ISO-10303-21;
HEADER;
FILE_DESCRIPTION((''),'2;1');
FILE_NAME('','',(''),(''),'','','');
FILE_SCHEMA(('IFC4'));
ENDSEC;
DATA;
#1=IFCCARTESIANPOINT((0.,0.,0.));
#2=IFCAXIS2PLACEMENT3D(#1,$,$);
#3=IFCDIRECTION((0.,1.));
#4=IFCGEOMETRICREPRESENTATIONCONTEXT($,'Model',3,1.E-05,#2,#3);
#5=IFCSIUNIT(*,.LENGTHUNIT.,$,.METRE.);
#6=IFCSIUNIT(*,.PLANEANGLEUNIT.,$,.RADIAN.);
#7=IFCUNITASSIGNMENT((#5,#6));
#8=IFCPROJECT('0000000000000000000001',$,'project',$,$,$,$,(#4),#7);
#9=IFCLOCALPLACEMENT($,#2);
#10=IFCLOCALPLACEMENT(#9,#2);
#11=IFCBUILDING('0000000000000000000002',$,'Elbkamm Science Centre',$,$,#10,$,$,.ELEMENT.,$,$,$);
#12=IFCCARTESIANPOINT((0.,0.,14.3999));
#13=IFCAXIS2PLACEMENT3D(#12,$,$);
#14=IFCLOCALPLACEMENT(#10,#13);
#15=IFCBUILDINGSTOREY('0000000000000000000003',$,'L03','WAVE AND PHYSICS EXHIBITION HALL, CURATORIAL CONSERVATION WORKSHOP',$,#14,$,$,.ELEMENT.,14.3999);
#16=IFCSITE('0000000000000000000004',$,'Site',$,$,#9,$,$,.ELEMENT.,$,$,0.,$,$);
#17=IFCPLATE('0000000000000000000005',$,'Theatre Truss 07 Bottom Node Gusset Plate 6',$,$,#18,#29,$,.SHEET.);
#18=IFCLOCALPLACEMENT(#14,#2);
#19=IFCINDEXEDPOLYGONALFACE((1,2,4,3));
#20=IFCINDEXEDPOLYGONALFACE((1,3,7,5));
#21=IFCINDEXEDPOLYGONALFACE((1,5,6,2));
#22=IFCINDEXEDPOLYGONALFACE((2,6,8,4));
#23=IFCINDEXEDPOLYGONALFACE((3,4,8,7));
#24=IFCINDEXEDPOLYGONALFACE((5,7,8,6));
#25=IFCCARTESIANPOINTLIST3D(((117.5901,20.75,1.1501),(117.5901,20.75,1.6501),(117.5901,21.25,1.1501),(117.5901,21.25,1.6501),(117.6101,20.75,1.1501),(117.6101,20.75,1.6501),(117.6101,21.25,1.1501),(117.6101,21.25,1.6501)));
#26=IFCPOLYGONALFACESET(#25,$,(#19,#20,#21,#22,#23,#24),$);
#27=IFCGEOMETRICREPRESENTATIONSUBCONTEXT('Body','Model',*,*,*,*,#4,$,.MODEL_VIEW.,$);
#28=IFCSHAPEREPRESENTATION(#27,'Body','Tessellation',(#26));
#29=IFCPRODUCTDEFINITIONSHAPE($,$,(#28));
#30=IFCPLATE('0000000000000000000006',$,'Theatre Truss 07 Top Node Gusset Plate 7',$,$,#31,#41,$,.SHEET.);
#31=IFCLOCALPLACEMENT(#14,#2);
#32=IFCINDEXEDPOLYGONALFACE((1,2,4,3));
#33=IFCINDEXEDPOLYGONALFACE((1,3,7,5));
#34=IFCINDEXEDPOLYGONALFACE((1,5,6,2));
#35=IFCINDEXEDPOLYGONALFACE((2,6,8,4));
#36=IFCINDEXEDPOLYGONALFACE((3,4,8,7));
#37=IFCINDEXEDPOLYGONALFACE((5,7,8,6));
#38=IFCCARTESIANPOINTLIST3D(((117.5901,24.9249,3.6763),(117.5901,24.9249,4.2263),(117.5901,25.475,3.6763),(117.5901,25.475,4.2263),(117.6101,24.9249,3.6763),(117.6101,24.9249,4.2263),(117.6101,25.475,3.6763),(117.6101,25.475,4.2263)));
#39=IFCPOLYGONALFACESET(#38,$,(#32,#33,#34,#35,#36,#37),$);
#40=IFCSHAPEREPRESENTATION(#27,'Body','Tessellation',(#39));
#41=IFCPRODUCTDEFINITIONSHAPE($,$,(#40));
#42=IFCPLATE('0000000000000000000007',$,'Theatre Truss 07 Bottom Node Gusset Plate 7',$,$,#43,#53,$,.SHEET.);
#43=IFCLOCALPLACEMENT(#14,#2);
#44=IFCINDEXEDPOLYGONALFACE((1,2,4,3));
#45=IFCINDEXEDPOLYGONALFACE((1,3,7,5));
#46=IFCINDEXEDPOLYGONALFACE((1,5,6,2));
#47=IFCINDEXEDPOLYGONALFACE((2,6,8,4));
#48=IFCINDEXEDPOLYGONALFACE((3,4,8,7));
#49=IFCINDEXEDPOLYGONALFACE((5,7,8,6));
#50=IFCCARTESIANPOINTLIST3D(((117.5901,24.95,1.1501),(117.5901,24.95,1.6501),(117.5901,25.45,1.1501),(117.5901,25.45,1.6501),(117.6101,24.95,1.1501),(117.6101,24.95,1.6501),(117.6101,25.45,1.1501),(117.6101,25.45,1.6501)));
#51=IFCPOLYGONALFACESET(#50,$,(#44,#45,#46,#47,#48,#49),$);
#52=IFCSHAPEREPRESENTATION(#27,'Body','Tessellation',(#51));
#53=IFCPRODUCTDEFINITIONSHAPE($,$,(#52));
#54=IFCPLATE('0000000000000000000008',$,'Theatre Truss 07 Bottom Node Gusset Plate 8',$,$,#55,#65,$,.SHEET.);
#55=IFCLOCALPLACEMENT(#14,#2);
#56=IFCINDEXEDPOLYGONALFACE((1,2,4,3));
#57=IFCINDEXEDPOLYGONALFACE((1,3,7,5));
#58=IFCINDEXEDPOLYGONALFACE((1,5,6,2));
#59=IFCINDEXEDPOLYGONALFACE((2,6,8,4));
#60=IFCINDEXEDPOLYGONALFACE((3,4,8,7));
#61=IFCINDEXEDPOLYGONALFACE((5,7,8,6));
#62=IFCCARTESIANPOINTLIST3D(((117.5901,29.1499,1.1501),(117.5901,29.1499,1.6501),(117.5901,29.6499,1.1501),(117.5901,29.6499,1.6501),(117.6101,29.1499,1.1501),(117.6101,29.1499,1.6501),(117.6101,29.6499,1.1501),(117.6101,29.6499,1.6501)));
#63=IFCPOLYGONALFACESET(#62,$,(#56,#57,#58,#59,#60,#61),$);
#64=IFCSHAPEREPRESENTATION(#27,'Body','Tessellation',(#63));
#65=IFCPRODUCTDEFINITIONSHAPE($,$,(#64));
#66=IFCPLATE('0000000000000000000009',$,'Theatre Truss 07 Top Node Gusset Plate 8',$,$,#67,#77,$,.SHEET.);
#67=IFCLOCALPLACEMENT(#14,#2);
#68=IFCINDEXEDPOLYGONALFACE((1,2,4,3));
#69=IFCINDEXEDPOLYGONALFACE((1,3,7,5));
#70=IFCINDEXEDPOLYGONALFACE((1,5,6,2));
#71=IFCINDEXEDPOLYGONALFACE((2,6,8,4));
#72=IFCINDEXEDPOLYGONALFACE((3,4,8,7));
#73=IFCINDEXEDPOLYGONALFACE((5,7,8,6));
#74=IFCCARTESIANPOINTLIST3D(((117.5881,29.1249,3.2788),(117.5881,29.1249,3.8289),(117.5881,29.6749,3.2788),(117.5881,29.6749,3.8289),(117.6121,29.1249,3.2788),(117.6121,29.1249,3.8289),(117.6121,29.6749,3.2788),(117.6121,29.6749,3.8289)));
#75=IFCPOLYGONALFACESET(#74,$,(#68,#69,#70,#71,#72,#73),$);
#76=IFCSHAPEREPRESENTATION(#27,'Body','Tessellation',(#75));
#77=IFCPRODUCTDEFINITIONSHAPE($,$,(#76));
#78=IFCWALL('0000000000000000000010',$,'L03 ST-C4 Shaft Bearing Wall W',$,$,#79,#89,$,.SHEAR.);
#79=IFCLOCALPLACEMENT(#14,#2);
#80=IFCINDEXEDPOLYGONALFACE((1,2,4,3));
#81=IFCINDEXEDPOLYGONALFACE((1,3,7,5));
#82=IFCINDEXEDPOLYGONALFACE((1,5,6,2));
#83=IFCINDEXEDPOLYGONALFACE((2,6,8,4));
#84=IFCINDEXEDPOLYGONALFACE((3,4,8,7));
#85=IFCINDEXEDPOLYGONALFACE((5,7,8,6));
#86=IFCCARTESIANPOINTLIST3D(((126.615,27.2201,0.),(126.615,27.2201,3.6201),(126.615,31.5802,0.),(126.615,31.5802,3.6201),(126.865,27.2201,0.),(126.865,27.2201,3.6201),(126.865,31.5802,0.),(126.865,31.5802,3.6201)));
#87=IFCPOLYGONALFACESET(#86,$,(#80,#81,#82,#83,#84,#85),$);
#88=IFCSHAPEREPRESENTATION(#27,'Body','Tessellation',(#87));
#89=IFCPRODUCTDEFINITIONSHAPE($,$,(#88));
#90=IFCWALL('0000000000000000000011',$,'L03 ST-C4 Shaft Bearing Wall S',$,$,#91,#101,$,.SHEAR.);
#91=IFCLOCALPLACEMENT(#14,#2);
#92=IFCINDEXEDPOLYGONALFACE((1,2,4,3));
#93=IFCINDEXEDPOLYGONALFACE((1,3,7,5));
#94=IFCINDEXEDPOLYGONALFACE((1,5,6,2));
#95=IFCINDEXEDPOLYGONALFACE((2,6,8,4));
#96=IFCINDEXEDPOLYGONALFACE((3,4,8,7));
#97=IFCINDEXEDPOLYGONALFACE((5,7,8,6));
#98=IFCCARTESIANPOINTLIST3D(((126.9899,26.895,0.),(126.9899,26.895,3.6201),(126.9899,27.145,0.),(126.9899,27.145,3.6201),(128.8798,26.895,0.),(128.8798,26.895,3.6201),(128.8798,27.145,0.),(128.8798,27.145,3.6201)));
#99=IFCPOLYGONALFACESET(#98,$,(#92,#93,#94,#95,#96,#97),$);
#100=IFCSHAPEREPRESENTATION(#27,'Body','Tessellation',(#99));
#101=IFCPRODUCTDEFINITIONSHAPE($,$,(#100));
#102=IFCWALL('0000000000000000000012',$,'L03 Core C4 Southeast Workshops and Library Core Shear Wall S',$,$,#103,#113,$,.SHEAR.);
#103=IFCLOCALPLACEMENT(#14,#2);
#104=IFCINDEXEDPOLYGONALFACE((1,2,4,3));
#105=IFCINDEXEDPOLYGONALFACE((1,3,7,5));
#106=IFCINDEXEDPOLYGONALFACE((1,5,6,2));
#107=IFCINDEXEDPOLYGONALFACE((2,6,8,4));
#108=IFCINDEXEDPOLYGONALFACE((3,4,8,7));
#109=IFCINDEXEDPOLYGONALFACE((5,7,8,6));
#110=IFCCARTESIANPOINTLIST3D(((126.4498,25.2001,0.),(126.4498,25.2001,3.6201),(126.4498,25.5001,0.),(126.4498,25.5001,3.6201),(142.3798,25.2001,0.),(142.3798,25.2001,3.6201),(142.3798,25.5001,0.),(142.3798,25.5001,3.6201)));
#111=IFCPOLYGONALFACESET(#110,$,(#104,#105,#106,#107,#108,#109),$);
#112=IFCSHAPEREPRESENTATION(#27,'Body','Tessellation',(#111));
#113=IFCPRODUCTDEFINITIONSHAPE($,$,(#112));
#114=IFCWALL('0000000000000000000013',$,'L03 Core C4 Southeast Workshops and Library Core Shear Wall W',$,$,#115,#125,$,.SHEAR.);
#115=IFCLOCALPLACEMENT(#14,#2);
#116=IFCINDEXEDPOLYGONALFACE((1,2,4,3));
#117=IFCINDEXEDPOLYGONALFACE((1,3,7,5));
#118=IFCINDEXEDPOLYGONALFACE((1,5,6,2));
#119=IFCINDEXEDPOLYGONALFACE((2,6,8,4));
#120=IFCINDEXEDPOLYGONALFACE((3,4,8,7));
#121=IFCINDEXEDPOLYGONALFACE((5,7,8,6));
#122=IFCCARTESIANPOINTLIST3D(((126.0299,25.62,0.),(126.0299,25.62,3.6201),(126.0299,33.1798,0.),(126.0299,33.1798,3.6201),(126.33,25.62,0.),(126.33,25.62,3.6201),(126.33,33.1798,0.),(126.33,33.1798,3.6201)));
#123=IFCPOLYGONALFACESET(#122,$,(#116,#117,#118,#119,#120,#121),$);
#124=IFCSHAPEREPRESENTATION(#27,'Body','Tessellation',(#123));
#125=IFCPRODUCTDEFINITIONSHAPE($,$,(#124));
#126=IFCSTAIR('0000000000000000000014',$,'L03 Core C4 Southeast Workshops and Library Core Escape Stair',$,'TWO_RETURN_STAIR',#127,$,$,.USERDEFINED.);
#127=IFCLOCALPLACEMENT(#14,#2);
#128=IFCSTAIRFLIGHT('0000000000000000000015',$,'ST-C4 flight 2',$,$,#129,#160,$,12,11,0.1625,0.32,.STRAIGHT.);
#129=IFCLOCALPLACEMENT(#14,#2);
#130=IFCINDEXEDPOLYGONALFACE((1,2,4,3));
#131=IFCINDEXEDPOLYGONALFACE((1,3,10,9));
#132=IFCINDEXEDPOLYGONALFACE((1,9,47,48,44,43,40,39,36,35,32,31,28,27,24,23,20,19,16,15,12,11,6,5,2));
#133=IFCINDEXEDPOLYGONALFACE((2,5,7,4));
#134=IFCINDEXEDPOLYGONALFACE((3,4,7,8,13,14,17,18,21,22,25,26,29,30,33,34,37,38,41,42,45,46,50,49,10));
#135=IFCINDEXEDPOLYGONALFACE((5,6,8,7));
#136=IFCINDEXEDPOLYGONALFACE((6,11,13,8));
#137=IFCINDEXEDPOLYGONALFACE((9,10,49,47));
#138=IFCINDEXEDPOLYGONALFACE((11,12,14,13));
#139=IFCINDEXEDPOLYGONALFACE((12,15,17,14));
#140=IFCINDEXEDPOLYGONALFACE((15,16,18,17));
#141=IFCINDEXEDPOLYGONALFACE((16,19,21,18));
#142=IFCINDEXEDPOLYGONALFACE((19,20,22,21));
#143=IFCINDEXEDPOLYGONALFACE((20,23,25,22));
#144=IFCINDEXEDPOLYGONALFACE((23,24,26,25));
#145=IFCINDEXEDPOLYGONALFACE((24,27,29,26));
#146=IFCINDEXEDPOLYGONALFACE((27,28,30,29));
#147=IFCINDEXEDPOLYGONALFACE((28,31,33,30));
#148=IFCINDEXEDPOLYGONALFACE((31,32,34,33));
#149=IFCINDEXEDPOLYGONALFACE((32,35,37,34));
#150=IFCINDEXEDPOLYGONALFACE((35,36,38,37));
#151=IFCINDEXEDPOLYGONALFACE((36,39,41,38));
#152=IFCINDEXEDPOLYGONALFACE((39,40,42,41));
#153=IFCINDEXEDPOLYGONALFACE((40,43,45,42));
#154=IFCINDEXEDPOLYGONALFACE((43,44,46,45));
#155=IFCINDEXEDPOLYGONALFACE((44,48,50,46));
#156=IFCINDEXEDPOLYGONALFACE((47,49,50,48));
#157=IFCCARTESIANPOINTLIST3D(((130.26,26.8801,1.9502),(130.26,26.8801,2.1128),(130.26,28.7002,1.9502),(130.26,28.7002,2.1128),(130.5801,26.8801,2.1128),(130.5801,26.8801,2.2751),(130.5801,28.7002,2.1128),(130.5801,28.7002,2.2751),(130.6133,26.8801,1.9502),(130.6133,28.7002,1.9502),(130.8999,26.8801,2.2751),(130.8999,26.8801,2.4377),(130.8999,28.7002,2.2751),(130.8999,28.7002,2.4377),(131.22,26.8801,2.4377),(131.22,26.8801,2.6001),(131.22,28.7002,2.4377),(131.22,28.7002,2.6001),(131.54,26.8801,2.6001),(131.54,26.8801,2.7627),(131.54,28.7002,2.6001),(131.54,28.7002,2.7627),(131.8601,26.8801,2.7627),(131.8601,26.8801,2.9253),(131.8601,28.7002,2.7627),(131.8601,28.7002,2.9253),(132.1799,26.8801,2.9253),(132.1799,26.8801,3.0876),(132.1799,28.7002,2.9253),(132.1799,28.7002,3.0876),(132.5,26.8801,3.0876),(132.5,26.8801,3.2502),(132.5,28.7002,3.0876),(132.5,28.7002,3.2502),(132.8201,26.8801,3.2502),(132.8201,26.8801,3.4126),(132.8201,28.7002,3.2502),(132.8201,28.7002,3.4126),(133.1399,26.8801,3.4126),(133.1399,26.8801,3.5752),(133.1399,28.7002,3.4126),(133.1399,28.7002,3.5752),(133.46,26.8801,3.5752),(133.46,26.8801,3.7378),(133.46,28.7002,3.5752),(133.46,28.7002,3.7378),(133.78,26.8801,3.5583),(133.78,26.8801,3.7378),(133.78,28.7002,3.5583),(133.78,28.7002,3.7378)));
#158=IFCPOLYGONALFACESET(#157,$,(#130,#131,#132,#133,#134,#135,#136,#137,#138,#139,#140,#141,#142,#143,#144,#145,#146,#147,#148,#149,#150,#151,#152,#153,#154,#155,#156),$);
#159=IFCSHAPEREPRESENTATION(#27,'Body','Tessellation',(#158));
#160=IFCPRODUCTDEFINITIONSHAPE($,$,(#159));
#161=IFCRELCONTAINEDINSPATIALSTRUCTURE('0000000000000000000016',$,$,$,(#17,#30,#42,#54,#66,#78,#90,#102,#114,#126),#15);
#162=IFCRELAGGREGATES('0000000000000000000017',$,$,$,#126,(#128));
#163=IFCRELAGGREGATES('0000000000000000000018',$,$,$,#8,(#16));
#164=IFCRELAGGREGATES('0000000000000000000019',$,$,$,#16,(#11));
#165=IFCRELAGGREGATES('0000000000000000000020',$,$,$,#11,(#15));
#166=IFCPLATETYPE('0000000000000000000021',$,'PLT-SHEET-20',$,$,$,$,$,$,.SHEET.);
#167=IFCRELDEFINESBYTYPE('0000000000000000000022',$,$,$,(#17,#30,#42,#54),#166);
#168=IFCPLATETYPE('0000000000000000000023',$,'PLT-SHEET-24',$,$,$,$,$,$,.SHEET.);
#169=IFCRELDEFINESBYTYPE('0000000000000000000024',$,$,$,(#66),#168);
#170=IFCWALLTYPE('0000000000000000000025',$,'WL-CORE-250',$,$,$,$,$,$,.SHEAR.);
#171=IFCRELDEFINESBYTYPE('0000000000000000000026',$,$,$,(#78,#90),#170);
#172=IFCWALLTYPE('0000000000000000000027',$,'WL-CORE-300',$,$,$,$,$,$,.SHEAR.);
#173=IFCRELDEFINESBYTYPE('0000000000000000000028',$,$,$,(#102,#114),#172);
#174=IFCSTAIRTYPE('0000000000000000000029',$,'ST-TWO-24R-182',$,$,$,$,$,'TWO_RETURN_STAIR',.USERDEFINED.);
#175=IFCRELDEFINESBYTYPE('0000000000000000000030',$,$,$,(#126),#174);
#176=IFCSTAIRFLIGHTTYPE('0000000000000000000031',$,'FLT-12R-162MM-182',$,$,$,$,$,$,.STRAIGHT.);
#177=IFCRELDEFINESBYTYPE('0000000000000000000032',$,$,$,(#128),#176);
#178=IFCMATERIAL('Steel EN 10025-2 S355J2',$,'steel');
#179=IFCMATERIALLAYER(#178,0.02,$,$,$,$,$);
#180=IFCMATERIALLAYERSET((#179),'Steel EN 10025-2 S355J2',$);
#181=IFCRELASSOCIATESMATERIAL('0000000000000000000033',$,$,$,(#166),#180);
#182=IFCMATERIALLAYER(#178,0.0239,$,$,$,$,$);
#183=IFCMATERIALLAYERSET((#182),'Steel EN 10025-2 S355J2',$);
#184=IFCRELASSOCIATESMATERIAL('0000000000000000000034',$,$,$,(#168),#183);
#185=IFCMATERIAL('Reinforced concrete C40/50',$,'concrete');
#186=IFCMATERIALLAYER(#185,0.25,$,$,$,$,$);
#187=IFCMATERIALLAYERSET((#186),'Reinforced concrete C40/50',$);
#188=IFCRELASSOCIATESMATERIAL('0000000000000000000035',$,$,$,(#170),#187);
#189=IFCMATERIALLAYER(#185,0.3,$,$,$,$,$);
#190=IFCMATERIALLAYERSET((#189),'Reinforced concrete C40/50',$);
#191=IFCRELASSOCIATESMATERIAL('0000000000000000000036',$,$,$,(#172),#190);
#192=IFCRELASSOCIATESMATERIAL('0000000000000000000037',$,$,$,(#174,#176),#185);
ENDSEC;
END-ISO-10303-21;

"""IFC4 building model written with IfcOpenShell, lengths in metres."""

from ifc_helpers import new_model, si_unit, direction, frame, frame_2d, origin, origin_2d, place, context, subcontext, project, spatial, polyline, rectangle, outline, extrude, material, layer, layer_set, type_object, element, aggregate, save


model = new_model("IFC4")

# Units and contexts
model_context = context("Model", 3, precision=1e-05, world=origin(), true_north=direction((0.0, 1.0)))
body_context = subcontext(model_context, "Body", "Model", "MODEL_VIEW")
ifc_project = project(units=[si_unit("LENGTHUNIT", "METRE"), si_unit("PLANEANGLEUNIT", "RADIAN")], contexts=[model_context])

# Site, building, storey
site_placement = place(None, origin())
site = spatial("IfcSite", under=ifc_project, at=site_placement, Name="Site", CompositionType="ELEMENT", RefElevation=0.0)
building_placement = place(site_placement, origin())
building = spatial("IfcBuilding", under=site, at=building_placement, Name="Elbkamm Science Centre", CompositionType="ELEMENT")
storey_placement = place(building_placement, frame((0.0, 0.0, 14.3999)))
storey = spatial("IfcBuildingStorey", under=building, at=storey_placement, Name="L03", Description="WAVE AND PHYSICS EXHIBITION HALL, CURATORIAL CONSERVATION WORKSHOP", CompositionType="ELEMENT", Elevation=14.3999)

# Shared definitions
ifc_material_1 = material(Name="Steel EN 10025-2 S355J2", Category="steel")

# Plates
ifc_layer_1 = layer(ifc_material_1, 0.02)
ifc_layer_set_1 = layer_set([ifc_layer_1], Name="Steel EN 10025-2 S355J2")
plate_type_1 = type_object("IfcPlateType", Name="PLT-SHEET-20", PredefinedType="SHEET", material=ifc_layer_set_1)
plate_1_placement = place(storey_placement, frame((117.6001, 21.0, 1.1501), z_axis=(0.0, 0.0, 1.0), x_axis=(1.0, 0.0, 0.0)))
element("IfcPlate", 1, at=plate_1_placement, inside=storey, type_object=plate_type_1, Name="Theatre Truss 07 Bottom Node Gusset Plate 6", PredefinedType="SHEET", context=body_context, shape_type="SweptSolid", body=[
    extrude(rectangle(XDim=0.02, YDim=0.5, at=origin_2d()), origin(), (0.0, 0.0, 1.0), 0.5),
])
plate_2_placement = place(storey_placement, frame((117.6001, 25.2, 3.6763), z_axis=(0.0, 0.0, 1.0), x_axis=(1.0, 0.0, 0.0)))
element("IfcPlate", 2, at=plate_2_placement, inside=storey, type_object=plate_type_1, Name="Theatre Truss 07 Top Node Gusset Plate 7", PredefinedType="SHEET", context=body_context, shape_type="SweptSolid", body=[
    extrude(rectangle(XDim=0.02, YDim=0.55, at=origin_2d()), origin(), (0.0, 0.0, 1.0), 0.55),
])
for number, where, z_axis, x_axis, name in (
    (3, (117.6001, 25.2, 1.1501), (0.0, 0.0, 1.0), (1.0, 0.0, 0.0), "Theatre Truss 07 Bottom Node Gusset Plate 7"),
    (4, (117.6001, 29.3999, 1.1501), (0.0, 0.0, 1.0), (1.0, 0.0, 0.0), "Theatre Truss 07 Bottom Node Gusset Plate 8"),
):
    element("IfcPlate", number, at=place(storey_placement, frame(where, z_axis=z_axis, x_axis=x_axis)), inside=storey, type_object=plate_type_1, Name=name, PredefinedType="SHEET", context=body_context, shape_type="SweptSolid", body=[
        extrude(rectangle(XDim=0.02, YDim=0.5, at=origin_2d()), origin(), (0.0, 0.0, 1.0), 0.5),
    ])
ifc_layer_2 = layer(ifc_material_1, 0.0239)
ifc_layer_set_2 = layer_set([ifc_layer_2], Name="Steel EN 10025-2 S355J2")
plate_type_2 = type_object("IfcPlateType", Name="PLT-SHEET-24", PredefinedType="SHEET", material=ifc_layer_set_2)
plate_3_placement = place(storey_placement, frame((117.6001, 29.3999, 3.2788), z_axis=(0.0, 0.0, 1.0), x_axis=(1.0, 0.0, 0.0)))
element("IfcPlate", 5, at=plate_3_placement, inside=storey, type_object=plate_type_2, Name="Theatre Truss 07 Top Node Gusset Plate 8", PredefinedType="SHEET", context=body_context, shape_type="SweptSolid", body=[
    extrude(rectangle(XDim=0.0239, YDim=0.55, at=origin_2d()), origin(), (0.0, 0.0, 1.0), 0.55),
])

# Walls
ifc_material_2 = material(Name="Reinforced concrete C40/50", Category="concrete")
ifc_layer_3 = layer(ifc_material_2, 0.25)
ifc_layer_set_3 = layer_set([ifc_layer_3], Name="Reinforced concrete C40/50")
wall_type_1 = type_object("IfcWallType", Name="WL-CORE-250", PredefinedType="SHEAR", material=ifc_layer_set_3)
wall_1_placement = place(storey_placement, frame((126.74, 27.22, 0.0), z_axis=(0.0, 0.0, 1.0), x_axis=(0.0, 1.0, 0.0)))
element("IfcWall", 6, at=wall_1_placement, inside=storey, type_object=wall_type_1, Name="L03 ST-C4 Shaft Bearing Wall W", PredefinedType="SHEAR", context=body_context, shape_type="SweptSolid", body=[
    extrude(rectangle(XDim=4.3601, YDim=0.25, at=frame_2d((2.1802, 0.0))), origin(), (0.0, 0.0, 1.0), 3.6201),
])
wall_2_placement = place(storey_placement, frame((126.99, 27.02, 0.0), z_axis=(0.0, 0.0, 1.0), x_axis=(1.0, 0.0, 0.0)))
element("IfcWall", 7, at=wall_2_placement, inside=storey, type_object=wall_type_1, Name="L03 ST-C4 Shaft Bearing Wall S", PredefinedType="SHEAR", context=body_context, shape_type="SweptSolid", body=[
    extrude(rectangle(XDim=1.8899, YDim=0.25, at=frame_2d((0.9448, 0.0))), origin(), (0.0, 0.0, 1.0), 3.6201),
])
ifc_layer_4 = layer(ifc_material_2, 0.3)
ifc_layer_set_4 = layer_set([ifc_layer_4], Name="Reinforced concrete C40/50")
wall_type_2 = type_object("IfcWallType", Name="WL-CORE-300", PredefinedType="SHEAR", material=ifc_layer_set_4)
wall_3_placement = place(storey_placement, frame((126.45, 25.3501, 0.0), z_axis=(0.0, 0.0, 1.0), x_axis=(1.0, 0.0, 0.0)))
element("IfcWall", 8, at=wall_3_placement, inside=storey, type_object=wall_type_2, Name="L03 Core C4 Southeast Workshops and Library Core Shear Wall S", PredefinedType="SHEAR", context=body_context, shape_type="SweptSolid", body=[
    extrude(rectangle(XDim=15.9299, YDim=0.3, at=frame_2d((7.9648, 0.0))), origin(), (0.0, 0.0, 1.0), 3.6201),
])
wall_4_placement = place(storey_placement, frame((126.1799, 25.6201, 0.0), z_axis=(0.0, 0.0, 1.0), x_axis=(0.0, 1.0, 0.0)))
element("IfcWall", 9, at=wall_4_placement, inside=storey, type_object=wall_type_2, Name="L03 Core C4 Southeast Workshops and Library Core Shear Wall W", PredefinedType="SHEAR", context=body_context, shape_type="SweptSolid", body=[
    extrude(rectangle(XDim=7.5598, YDim=0.3, at=frame_2d((3.7798, 0.0))), origin(), (0.0, 0.0, 1.0), 3.6201),
])

# Stair, stair flight
stair_type = type_object("IfcStairType", Name="ST-TWO-24R-182", ElementType="TWO_RETURN_STAIR", PredefinedType="USERDEFINED", material=ifc_material_2)
stair_placement = place(storey_placement, origin())
stair = element("IfcStair", 10, at=stair_placement, inside=storey, type_object=stair_type, Name="L03 Core C4 Southeast Workshops and Library Core Escape Stair", ObjectType="TWO_RETURN_STAIR", PredefinedType="USERDEFINED")
stair_flight_type = type_object("IfcStairFlightType", Name="FLT-12R-162MM-182", PredefinedType="STRAIGHT", material=ifc_material_2)
stair_flight_placement = place(storey_placement, frame((130.26, 27.79, 1.9502), z_axis=(0.0, 0.0, 1.0), x_axis=(1.0, 0.0, 0.0)))
stair_flight = element("IfcStairFlight", 11, at=stair_flight_placement, type_object=stair_flight_type, Name="ST-C4 flight 2", NumberOfRisers=12, NumberOfTreads=11, PredefinedType="STRAIGHT", RiserHeight=0.1625, TreadLength=0.32, context=body_context, shape_type="SweptSolid", body=[
    extrude(outline(polyline([(0.0, 0.0), (0.0, 0.1626), (0.3201, 0.1626), (0.3201, 0.325), (0.6399, 0.325), (0.6399, 0.4875), (0.96, 0.4875), (0.96, 0.6499), (1.28, 0.6499), (1.28, 0.8125), (1.6001, 0.8125), (1.6001, 0.9751), (1.9199, 0.9751), (1.9199, 1.1375), (2.24, 1.1375), (2.24, 1.3), (2.5601, 1.3), (2.5601, 1.4624), (2.8799, 1.4624), (2.8799, 1.625), (3.2, 1.625), (3.2, 1.7876), (3.52, 1.7876), (3.52, 1.95), (3.52, 1.6082), (0.3533, 0.0), (0.0, 0.0)])), frame((0.0, 0.9102, 0.0), z_axis=(0.0, -1.0, 0.0), x_axis=(1.0, 0.0, 0.0)), (0.0, 0.0, 1.0), 1.8201),
])
aggregate(stair, [stair_flight])

save(model, "model.ifc")
